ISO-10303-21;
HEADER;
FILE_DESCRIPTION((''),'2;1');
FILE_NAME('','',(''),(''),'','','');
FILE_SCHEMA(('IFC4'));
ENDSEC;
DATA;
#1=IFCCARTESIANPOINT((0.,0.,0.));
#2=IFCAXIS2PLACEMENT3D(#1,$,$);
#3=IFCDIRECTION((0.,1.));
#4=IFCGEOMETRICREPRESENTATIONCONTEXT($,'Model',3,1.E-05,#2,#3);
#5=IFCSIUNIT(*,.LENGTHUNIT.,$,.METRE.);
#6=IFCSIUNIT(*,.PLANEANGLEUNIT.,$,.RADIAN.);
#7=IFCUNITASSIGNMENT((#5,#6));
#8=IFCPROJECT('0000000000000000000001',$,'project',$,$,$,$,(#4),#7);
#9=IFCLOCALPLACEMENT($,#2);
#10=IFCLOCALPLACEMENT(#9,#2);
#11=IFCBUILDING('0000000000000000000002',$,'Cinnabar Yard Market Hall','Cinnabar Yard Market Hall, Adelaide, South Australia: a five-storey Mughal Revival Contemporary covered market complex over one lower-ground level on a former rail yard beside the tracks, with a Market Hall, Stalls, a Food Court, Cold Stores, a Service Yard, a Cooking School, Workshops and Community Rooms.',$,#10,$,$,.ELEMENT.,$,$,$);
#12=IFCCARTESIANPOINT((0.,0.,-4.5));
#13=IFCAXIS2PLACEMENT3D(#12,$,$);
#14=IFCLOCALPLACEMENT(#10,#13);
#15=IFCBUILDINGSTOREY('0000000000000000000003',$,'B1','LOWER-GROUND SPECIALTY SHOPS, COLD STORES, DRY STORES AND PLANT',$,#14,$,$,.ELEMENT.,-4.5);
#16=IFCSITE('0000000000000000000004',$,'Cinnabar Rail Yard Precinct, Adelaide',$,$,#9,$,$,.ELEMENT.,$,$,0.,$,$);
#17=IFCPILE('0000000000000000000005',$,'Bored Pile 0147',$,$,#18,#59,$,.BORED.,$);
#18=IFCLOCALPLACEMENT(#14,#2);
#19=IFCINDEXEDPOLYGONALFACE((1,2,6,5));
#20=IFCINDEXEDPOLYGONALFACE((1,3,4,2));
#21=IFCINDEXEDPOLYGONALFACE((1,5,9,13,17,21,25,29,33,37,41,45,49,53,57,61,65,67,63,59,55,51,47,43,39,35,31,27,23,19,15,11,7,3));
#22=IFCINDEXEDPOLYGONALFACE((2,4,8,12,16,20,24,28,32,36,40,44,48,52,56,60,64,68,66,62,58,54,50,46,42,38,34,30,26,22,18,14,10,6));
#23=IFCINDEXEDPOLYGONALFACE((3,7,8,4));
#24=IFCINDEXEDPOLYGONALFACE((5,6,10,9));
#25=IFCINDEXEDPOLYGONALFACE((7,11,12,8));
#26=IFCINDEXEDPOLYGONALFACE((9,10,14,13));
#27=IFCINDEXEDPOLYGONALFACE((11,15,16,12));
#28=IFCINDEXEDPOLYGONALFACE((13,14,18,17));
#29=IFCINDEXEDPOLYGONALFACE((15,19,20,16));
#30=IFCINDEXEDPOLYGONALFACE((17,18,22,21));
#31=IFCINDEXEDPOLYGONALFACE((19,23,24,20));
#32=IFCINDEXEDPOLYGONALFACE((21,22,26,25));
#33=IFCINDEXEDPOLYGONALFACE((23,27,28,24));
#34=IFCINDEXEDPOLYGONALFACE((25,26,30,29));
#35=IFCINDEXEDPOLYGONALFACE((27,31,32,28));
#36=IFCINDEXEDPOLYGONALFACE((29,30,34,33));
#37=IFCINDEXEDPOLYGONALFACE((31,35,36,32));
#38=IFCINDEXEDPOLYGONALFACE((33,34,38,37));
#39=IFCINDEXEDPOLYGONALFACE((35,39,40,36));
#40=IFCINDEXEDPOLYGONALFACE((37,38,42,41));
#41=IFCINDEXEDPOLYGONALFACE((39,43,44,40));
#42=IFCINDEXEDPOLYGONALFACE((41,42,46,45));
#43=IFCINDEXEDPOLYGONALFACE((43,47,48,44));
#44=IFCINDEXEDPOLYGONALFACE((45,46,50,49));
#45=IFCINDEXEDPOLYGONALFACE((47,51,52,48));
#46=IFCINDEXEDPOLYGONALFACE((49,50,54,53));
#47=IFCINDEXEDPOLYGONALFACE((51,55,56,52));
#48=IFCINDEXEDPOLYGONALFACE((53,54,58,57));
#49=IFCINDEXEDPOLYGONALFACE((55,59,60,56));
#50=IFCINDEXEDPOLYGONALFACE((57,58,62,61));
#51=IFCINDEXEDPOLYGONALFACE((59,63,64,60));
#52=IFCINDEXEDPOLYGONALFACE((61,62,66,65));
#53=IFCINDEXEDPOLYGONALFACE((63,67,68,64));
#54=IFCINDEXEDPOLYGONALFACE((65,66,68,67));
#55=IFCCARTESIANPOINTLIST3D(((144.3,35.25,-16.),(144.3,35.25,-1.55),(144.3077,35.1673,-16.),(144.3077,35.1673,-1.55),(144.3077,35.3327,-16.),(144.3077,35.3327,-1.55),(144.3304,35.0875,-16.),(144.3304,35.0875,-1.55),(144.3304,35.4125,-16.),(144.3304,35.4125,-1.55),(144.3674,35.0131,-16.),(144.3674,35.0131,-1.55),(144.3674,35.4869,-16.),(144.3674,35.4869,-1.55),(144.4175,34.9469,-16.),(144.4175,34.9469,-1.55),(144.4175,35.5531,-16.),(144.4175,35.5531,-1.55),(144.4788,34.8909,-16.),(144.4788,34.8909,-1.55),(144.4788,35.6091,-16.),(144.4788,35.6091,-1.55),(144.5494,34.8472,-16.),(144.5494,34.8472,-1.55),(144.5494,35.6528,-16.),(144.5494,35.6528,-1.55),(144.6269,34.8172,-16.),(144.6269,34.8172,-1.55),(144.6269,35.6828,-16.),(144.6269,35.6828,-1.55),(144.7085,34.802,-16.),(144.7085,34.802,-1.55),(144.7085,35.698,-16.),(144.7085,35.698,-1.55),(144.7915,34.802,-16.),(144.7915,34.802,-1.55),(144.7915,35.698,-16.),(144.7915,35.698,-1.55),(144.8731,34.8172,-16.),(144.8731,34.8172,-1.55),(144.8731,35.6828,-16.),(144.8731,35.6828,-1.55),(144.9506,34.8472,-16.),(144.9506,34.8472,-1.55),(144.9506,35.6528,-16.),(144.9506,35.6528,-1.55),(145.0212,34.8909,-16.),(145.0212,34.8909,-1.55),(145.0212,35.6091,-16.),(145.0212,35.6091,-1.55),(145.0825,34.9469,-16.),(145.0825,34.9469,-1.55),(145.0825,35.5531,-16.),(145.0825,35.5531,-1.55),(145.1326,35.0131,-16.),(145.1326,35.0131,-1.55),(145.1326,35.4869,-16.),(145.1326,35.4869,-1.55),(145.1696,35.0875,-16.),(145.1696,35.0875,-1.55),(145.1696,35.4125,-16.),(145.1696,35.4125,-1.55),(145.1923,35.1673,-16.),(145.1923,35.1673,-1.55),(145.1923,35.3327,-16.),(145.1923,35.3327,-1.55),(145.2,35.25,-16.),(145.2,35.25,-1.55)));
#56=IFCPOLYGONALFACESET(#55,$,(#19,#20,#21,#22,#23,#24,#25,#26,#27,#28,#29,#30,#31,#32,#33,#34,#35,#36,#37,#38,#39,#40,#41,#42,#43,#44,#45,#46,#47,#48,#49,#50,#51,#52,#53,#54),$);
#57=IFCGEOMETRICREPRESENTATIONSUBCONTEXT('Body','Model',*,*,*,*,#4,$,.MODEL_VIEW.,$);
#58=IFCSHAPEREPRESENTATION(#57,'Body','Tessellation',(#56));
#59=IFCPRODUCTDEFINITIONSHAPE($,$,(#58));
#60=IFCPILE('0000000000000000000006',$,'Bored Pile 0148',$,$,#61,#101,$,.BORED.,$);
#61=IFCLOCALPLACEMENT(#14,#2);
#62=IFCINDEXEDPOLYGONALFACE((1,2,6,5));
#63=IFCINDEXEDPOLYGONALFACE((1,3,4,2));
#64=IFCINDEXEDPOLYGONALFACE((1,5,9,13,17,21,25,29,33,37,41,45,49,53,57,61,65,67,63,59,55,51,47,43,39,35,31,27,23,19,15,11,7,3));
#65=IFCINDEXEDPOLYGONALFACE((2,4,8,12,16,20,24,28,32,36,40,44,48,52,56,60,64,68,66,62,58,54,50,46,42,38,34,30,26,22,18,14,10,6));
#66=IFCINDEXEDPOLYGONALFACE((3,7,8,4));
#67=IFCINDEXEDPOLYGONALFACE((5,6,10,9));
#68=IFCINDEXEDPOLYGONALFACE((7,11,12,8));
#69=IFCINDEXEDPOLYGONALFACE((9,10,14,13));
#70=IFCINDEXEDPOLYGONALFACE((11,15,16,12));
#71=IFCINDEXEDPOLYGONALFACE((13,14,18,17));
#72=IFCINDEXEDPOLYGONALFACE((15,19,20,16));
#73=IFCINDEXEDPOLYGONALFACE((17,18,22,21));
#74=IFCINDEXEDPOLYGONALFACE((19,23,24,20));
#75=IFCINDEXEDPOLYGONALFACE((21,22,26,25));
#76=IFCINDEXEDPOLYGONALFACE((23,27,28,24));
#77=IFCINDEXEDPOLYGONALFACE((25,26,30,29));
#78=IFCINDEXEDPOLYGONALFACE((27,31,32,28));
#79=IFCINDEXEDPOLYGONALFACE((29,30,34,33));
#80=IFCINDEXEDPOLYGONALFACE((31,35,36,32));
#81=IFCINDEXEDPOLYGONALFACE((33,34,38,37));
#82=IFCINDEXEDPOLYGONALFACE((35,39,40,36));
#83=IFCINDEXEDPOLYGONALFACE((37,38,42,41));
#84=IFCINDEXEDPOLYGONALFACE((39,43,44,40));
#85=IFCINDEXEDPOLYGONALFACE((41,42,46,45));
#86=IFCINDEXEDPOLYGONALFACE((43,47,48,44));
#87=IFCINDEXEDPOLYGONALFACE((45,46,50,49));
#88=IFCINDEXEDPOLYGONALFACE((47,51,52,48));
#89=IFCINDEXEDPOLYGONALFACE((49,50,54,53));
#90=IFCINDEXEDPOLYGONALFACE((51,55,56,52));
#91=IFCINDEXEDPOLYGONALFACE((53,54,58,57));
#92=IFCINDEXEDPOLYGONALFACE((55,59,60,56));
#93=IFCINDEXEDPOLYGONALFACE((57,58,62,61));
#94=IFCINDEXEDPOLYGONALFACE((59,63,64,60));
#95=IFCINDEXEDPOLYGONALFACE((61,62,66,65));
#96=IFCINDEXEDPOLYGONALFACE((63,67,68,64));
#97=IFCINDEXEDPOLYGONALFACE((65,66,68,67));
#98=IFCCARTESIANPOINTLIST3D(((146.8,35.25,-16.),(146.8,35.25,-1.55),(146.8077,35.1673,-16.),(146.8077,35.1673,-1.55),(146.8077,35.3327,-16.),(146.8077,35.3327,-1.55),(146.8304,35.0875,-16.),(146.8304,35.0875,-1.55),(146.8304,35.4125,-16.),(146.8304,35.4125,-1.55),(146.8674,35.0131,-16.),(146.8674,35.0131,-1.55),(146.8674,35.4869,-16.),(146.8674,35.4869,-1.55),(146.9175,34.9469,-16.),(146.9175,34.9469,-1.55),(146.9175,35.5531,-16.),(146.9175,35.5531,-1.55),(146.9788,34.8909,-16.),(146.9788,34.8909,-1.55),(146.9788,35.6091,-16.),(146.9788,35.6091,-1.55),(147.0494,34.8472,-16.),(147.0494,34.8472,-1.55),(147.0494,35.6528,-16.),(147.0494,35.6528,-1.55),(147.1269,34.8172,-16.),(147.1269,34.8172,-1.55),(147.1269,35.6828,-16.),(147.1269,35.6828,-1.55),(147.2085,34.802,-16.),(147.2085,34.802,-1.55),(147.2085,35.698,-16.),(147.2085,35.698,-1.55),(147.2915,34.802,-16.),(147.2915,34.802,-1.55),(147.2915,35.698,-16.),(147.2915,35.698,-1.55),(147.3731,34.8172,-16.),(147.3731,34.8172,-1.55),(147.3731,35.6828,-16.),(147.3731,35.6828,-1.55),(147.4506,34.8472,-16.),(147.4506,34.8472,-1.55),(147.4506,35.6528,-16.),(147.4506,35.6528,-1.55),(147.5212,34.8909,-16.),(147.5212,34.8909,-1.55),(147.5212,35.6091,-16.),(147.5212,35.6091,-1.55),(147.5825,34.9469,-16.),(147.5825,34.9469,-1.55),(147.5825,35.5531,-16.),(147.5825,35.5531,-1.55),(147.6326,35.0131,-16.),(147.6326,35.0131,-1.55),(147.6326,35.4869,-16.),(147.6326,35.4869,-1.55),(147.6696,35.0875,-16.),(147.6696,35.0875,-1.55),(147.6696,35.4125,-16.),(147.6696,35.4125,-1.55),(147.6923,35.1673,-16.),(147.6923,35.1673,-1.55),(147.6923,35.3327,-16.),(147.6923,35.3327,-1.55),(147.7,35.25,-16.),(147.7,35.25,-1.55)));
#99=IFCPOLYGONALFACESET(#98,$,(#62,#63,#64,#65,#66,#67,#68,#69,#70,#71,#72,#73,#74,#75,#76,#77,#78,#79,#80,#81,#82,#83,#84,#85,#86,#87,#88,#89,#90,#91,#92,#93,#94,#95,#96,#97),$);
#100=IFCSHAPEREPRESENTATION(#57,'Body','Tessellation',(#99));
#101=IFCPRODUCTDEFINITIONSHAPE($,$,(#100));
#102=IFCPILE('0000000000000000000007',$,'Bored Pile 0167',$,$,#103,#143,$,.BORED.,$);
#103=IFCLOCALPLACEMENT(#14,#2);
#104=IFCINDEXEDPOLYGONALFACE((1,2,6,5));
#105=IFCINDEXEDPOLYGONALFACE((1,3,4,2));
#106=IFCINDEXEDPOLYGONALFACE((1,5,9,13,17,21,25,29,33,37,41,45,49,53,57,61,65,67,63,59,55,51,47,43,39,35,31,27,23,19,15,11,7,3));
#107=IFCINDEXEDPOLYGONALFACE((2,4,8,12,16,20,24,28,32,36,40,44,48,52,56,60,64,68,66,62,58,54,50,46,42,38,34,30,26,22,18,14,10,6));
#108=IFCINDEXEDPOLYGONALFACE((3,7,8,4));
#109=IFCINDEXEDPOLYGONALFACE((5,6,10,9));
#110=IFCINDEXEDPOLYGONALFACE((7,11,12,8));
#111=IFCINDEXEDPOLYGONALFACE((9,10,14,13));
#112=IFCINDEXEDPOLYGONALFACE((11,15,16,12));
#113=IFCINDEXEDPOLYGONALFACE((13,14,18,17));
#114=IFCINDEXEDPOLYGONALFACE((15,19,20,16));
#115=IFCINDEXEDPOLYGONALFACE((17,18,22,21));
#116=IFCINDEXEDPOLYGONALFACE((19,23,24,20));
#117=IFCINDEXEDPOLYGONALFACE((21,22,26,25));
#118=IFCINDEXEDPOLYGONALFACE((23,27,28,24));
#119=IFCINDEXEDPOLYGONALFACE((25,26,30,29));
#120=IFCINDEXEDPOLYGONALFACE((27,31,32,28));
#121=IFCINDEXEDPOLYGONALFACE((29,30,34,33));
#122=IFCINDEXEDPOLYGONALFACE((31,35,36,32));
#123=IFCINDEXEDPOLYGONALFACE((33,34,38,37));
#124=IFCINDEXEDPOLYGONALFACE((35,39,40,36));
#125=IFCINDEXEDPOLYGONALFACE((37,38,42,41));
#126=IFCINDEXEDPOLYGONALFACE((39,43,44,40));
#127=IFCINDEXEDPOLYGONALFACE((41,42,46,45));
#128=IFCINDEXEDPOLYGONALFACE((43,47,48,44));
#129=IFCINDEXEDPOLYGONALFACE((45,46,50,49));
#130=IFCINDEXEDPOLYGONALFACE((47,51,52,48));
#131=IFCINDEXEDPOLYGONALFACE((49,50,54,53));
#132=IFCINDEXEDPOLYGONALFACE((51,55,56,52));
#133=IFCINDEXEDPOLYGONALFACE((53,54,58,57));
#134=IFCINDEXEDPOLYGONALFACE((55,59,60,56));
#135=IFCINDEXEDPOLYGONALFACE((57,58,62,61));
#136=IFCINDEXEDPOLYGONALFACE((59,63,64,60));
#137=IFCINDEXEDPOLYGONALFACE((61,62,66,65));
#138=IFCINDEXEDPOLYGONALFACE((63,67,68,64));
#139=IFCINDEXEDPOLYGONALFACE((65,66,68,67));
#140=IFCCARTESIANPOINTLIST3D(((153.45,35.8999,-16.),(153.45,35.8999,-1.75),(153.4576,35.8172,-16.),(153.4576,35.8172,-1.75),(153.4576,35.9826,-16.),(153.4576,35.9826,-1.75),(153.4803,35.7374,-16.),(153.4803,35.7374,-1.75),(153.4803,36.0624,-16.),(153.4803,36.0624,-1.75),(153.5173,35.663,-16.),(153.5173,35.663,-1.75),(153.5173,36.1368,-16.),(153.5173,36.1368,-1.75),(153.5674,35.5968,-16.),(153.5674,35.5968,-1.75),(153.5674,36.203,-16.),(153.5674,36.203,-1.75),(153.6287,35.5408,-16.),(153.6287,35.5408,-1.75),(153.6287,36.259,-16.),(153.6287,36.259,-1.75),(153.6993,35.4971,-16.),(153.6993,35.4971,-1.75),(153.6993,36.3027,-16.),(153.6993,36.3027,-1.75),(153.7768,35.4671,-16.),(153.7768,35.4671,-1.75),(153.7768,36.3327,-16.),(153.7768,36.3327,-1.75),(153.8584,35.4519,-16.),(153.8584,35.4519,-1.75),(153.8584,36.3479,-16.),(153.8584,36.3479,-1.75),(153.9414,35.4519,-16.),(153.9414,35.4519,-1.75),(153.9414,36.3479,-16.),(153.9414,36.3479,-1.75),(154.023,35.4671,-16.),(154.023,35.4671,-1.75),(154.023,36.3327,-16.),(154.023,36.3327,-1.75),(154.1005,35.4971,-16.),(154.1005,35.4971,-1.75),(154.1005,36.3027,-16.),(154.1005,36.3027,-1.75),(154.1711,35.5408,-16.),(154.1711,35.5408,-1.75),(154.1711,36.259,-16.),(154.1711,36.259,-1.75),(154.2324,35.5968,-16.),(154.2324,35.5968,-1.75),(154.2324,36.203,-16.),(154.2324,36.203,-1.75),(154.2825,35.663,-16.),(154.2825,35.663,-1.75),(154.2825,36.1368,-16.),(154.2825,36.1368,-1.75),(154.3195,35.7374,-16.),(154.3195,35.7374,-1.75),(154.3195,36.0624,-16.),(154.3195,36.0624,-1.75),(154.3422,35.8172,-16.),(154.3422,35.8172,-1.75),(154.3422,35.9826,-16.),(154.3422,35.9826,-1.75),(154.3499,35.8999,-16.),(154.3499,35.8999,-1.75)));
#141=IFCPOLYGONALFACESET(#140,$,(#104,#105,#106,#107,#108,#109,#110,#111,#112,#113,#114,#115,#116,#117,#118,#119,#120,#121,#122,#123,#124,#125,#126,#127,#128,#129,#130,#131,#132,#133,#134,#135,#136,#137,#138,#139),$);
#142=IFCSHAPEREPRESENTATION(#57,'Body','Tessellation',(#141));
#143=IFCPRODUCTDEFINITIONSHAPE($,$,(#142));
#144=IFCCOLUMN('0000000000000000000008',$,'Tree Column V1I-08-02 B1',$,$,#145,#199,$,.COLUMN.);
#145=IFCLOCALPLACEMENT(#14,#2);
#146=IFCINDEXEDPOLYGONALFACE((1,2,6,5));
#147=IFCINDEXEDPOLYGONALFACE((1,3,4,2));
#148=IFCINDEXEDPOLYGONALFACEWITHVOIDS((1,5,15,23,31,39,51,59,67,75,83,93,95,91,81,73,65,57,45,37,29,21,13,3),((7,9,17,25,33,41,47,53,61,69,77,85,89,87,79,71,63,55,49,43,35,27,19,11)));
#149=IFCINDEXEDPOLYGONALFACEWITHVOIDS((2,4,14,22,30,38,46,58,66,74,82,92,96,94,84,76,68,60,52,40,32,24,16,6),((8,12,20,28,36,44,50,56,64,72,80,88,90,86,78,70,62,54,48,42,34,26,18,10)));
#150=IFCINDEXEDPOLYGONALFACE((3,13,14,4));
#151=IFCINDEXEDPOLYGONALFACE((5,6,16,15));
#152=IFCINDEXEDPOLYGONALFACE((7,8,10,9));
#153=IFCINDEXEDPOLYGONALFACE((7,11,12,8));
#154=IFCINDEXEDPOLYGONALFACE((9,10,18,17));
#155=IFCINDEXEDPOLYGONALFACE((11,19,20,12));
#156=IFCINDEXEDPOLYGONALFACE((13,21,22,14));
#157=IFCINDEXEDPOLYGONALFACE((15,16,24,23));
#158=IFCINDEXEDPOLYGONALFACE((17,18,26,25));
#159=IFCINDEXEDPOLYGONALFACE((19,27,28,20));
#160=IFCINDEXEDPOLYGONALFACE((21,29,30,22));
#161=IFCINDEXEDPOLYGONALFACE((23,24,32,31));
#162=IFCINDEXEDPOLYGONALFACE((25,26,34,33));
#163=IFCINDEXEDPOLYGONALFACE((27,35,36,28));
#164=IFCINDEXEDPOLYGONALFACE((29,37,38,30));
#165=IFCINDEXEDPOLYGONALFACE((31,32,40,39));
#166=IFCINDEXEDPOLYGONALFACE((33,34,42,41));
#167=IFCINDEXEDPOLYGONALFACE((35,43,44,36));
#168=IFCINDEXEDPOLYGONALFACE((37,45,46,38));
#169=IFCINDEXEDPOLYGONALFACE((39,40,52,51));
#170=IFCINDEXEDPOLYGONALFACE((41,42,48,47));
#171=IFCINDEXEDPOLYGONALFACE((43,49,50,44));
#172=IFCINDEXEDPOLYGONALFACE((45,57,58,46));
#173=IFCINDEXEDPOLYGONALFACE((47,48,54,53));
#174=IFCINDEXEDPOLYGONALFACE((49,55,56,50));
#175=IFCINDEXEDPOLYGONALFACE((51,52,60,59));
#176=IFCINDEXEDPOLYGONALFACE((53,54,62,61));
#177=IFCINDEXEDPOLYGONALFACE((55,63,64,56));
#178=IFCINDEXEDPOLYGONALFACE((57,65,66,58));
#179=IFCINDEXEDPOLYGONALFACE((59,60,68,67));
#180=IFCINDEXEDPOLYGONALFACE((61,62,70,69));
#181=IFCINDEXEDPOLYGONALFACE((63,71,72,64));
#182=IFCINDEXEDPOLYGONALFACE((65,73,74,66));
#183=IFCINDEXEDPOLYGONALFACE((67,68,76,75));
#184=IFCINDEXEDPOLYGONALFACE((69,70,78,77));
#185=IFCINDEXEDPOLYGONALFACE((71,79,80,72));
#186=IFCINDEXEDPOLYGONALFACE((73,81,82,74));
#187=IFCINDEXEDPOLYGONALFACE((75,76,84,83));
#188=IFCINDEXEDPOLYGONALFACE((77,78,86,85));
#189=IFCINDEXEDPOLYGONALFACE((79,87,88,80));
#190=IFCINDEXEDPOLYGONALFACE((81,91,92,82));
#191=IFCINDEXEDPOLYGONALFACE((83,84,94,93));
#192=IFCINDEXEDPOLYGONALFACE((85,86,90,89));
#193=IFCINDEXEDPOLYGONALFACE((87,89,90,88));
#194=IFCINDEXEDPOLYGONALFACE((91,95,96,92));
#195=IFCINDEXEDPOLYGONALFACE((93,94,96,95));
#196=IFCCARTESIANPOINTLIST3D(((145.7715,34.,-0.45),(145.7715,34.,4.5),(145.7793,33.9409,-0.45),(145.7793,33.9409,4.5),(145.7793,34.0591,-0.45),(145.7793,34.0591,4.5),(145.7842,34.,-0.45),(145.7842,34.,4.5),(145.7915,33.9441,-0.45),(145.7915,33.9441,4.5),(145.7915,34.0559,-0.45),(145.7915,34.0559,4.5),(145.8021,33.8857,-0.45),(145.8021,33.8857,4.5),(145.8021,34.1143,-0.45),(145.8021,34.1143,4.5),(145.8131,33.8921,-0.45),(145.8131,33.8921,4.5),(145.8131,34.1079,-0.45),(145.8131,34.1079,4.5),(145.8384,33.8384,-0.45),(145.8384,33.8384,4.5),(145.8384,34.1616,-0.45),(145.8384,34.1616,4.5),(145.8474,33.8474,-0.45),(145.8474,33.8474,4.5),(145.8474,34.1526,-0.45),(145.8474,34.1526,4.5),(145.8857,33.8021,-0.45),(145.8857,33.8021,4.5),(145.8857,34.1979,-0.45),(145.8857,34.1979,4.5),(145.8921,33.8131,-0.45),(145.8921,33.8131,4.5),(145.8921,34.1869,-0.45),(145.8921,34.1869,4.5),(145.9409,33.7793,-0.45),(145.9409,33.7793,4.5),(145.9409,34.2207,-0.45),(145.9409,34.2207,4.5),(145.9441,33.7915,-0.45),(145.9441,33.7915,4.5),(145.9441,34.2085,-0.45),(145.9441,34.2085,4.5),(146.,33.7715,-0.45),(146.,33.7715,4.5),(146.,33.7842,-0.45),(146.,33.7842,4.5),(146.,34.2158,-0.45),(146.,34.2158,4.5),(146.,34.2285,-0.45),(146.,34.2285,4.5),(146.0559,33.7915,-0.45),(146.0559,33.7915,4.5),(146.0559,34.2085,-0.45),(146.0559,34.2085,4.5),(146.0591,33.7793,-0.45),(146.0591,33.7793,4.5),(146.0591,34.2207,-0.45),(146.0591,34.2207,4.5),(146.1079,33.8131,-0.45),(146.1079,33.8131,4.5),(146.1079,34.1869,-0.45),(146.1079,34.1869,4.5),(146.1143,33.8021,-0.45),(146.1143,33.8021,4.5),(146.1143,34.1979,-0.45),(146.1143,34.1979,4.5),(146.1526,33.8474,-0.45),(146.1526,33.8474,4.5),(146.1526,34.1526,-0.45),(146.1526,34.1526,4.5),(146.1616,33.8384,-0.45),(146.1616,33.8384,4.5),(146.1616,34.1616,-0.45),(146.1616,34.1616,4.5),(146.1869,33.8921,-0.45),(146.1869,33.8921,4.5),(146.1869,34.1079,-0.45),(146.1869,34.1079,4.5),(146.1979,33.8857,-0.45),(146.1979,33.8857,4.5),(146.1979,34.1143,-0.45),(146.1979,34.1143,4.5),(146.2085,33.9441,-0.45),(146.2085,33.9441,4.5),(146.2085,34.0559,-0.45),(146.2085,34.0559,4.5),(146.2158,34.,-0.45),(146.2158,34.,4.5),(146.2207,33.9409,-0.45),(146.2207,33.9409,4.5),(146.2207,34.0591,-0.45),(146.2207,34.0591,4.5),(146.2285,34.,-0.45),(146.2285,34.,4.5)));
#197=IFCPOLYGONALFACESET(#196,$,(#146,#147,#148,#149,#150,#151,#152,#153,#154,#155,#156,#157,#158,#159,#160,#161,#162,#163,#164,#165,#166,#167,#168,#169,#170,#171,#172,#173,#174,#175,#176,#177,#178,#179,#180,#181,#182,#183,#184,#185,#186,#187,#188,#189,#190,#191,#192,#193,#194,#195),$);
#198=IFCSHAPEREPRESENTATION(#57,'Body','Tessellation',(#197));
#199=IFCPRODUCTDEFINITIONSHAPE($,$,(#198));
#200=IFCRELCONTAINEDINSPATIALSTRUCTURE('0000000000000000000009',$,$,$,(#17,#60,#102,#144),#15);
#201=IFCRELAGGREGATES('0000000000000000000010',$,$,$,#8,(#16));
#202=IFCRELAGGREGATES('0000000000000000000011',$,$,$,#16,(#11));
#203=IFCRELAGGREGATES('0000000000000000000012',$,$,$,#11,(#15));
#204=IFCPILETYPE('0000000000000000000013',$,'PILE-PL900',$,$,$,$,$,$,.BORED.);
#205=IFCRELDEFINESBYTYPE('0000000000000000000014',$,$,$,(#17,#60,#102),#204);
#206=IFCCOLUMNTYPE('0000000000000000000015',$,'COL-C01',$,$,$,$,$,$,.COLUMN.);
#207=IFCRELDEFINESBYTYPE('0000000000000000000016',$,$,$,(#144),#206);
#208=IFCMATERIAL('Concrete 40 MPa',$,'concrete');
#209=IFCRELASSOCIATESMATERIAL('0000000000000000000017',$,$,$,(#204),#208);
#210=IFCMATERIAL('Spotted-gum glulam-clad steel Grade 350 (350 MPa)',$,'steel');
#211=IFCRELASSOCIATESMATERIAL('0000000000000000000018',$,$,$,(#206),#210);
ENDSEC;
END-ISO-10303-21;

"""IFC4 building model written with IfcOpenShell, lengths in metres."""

from ifc_helpers import new_model, si_unit, direction, frame, origin, origin_2d_with_axis, place, context, subcontext, project, spatial, circle, hollow_circle, extrude, material, material_profile, profile_set, type_object, element, save


model = new_model("IFC4")

# Units and contexts
model_context = context("Model", 3, precision=1e-05, world=origin(), true_north=direction((0.0, 1.0)))
body_context = subcontext(model_context, "Body", "Model", "MODEL_VIEW")
ifc_project = project(units=[si_unit("LENGTHUNIT", "METRE"), si_unit("PLANEANGLEUNIT", "RADIAN")], contexts=[model_context])

# Site, building, storey
site_placement = place(None, origin())
site = spatial("IfcSite", under=ifc_project, at=site_placement, Name="Cinnabar Rail Yard Precinct, Adelaide", CompositionType="ELEMENT", RefElevation=0.0)
building_placement = place(site_placement, origin())
building = spatial("IfcBuilding", under=site, at=building_placement, Name="Cinnabar Yard Market Hall", Description="Cinnabar Yard Market Hall, Adelaide, South Australia: a five-storey Mughal Revival Contemporary covered market complex over one lower-ground level on a former rail yard beside the tracks, with a Market Hall, Stalls, a Food Court, Cold Stores, a Service Yard, a Cooking School, Workshops and Community Rooms.", CompositionType="ELEMENT")
storey_placement = place(building_placement, frame((0.0, 0.0, -4.5)))
storey = spatial("IfcBuildingStorey", under=building, at=storey_placement, Name="B1", Description="LOWER-GROUND SPECIALTY SHOPS, COLD STORES, DRY STORES AND PLANT", CompositionType="ELEMENT", Elevation=-4.5)

# Shared definitions
ifc_material_1 = material(Name="Concrete 40 MPa", Category="concrete")

# Piles
ifc_material_profile_1 = material_profile(ifc_material_1, circle(Radius=0.45, at=origin_2d_with_axis()), Name="PILE-D900")
ifc_profile_set_1 = profile_set([ifc_material_profile_1], Name="Concrete 40 MPa")
pile_type = type_object("IfcPileType", Name="PILE-PL900", PredefinedType="BORED", material=ifc_profile_set_1)
for number, where, z_axis, x_axis, name in (
    (1, (144.75, 35.25, -1.55), (0.0, 0.0, -1.0), (1.0, 0.0, 0.0), "Bored Pile 0147"),
    (2, (147.25, 35.25, -1.55), (0.0, 0.0, -1.0), (1.0, 0.0, 0.0), "Bored Pile 0148"),
):
    element("IfcPile", number, at=place(storey_placement, frame(where, z_axis=z_axis, x_axis=x_axis)), inside=storey, type_object=pile_type, Name=name, PredefinedType="BORED", context=body_context, shape_type="SweptSolid", body=[
        extrude(circle(Radius=0.45, at=origin_2d_with_axis()), origin(), (0.0, 0.0, 1.0), 14.45),
    ])
pile_1_placement = place(storey_placement, frame((153.8999, 35.8999, -1.75), z_axis=(0.0, 0.0, -1.0), x_axis=(1.0, 0.0, 0.0)))
element("IfcPile", 3, at=pile_1_placement, inside=storey, type_object=pile_type, Name="Bored Pile 0167", PredefinedType="BORED", context=body_context, shape_type="SweptSolid", body=[
    extrude(circle(Radius=0.45, at=origin_2d_with_axis()), origin(), (0.0, 0.0, 1.0), 14.25),
])

# Column
ifc_material_2 = material(Name="Spotted-gum glulam-clad steel Grade 350 (350 MPa)", Category="steel")
ifc_material_profile_2 = material_profile(ifc_material_2, hollow_circle(Radius=0.2285, WallThickness=0.0127, at=origin_2d_with_axis()), Name="457.0x12.7CHS")
ifc_profile_set_2 = profile_set([ifc_material_profile_2], Name="Spotted-gum glulam-clad steel Grade 350 (350 MPa)")
column_type_1 = type_object("IfcColumnType", Name="COL-C01", PredefinedType="COLUMN", material=ifc_profile_set_2)
for number, where, z_axis, x_axis, name in (
    (4, (146.0, 34.0, -0.45), (0.0, 0.0, 1.0), (1.0, 0.0, 0.0), "Tree Column V1I-08-02 B1"),
):
    element("IfcColumn", number, at=place(storey_placement, frame(where, z_axis=z_axis, x_axis=x_axis)), inside=storey, type_object=column_type_1, Name=name, PredefinedType="COLUMN", context=body_context, shape_type="SweptSolid", body=[
        extrude(hollow_circle(Radius=0.2285, WallThickness=0.0127, at=origin_2d_with_axis()), origin(), (0.0, 0.0, 1.0), 4.95),
    ])

save(model, "model.ifc")
